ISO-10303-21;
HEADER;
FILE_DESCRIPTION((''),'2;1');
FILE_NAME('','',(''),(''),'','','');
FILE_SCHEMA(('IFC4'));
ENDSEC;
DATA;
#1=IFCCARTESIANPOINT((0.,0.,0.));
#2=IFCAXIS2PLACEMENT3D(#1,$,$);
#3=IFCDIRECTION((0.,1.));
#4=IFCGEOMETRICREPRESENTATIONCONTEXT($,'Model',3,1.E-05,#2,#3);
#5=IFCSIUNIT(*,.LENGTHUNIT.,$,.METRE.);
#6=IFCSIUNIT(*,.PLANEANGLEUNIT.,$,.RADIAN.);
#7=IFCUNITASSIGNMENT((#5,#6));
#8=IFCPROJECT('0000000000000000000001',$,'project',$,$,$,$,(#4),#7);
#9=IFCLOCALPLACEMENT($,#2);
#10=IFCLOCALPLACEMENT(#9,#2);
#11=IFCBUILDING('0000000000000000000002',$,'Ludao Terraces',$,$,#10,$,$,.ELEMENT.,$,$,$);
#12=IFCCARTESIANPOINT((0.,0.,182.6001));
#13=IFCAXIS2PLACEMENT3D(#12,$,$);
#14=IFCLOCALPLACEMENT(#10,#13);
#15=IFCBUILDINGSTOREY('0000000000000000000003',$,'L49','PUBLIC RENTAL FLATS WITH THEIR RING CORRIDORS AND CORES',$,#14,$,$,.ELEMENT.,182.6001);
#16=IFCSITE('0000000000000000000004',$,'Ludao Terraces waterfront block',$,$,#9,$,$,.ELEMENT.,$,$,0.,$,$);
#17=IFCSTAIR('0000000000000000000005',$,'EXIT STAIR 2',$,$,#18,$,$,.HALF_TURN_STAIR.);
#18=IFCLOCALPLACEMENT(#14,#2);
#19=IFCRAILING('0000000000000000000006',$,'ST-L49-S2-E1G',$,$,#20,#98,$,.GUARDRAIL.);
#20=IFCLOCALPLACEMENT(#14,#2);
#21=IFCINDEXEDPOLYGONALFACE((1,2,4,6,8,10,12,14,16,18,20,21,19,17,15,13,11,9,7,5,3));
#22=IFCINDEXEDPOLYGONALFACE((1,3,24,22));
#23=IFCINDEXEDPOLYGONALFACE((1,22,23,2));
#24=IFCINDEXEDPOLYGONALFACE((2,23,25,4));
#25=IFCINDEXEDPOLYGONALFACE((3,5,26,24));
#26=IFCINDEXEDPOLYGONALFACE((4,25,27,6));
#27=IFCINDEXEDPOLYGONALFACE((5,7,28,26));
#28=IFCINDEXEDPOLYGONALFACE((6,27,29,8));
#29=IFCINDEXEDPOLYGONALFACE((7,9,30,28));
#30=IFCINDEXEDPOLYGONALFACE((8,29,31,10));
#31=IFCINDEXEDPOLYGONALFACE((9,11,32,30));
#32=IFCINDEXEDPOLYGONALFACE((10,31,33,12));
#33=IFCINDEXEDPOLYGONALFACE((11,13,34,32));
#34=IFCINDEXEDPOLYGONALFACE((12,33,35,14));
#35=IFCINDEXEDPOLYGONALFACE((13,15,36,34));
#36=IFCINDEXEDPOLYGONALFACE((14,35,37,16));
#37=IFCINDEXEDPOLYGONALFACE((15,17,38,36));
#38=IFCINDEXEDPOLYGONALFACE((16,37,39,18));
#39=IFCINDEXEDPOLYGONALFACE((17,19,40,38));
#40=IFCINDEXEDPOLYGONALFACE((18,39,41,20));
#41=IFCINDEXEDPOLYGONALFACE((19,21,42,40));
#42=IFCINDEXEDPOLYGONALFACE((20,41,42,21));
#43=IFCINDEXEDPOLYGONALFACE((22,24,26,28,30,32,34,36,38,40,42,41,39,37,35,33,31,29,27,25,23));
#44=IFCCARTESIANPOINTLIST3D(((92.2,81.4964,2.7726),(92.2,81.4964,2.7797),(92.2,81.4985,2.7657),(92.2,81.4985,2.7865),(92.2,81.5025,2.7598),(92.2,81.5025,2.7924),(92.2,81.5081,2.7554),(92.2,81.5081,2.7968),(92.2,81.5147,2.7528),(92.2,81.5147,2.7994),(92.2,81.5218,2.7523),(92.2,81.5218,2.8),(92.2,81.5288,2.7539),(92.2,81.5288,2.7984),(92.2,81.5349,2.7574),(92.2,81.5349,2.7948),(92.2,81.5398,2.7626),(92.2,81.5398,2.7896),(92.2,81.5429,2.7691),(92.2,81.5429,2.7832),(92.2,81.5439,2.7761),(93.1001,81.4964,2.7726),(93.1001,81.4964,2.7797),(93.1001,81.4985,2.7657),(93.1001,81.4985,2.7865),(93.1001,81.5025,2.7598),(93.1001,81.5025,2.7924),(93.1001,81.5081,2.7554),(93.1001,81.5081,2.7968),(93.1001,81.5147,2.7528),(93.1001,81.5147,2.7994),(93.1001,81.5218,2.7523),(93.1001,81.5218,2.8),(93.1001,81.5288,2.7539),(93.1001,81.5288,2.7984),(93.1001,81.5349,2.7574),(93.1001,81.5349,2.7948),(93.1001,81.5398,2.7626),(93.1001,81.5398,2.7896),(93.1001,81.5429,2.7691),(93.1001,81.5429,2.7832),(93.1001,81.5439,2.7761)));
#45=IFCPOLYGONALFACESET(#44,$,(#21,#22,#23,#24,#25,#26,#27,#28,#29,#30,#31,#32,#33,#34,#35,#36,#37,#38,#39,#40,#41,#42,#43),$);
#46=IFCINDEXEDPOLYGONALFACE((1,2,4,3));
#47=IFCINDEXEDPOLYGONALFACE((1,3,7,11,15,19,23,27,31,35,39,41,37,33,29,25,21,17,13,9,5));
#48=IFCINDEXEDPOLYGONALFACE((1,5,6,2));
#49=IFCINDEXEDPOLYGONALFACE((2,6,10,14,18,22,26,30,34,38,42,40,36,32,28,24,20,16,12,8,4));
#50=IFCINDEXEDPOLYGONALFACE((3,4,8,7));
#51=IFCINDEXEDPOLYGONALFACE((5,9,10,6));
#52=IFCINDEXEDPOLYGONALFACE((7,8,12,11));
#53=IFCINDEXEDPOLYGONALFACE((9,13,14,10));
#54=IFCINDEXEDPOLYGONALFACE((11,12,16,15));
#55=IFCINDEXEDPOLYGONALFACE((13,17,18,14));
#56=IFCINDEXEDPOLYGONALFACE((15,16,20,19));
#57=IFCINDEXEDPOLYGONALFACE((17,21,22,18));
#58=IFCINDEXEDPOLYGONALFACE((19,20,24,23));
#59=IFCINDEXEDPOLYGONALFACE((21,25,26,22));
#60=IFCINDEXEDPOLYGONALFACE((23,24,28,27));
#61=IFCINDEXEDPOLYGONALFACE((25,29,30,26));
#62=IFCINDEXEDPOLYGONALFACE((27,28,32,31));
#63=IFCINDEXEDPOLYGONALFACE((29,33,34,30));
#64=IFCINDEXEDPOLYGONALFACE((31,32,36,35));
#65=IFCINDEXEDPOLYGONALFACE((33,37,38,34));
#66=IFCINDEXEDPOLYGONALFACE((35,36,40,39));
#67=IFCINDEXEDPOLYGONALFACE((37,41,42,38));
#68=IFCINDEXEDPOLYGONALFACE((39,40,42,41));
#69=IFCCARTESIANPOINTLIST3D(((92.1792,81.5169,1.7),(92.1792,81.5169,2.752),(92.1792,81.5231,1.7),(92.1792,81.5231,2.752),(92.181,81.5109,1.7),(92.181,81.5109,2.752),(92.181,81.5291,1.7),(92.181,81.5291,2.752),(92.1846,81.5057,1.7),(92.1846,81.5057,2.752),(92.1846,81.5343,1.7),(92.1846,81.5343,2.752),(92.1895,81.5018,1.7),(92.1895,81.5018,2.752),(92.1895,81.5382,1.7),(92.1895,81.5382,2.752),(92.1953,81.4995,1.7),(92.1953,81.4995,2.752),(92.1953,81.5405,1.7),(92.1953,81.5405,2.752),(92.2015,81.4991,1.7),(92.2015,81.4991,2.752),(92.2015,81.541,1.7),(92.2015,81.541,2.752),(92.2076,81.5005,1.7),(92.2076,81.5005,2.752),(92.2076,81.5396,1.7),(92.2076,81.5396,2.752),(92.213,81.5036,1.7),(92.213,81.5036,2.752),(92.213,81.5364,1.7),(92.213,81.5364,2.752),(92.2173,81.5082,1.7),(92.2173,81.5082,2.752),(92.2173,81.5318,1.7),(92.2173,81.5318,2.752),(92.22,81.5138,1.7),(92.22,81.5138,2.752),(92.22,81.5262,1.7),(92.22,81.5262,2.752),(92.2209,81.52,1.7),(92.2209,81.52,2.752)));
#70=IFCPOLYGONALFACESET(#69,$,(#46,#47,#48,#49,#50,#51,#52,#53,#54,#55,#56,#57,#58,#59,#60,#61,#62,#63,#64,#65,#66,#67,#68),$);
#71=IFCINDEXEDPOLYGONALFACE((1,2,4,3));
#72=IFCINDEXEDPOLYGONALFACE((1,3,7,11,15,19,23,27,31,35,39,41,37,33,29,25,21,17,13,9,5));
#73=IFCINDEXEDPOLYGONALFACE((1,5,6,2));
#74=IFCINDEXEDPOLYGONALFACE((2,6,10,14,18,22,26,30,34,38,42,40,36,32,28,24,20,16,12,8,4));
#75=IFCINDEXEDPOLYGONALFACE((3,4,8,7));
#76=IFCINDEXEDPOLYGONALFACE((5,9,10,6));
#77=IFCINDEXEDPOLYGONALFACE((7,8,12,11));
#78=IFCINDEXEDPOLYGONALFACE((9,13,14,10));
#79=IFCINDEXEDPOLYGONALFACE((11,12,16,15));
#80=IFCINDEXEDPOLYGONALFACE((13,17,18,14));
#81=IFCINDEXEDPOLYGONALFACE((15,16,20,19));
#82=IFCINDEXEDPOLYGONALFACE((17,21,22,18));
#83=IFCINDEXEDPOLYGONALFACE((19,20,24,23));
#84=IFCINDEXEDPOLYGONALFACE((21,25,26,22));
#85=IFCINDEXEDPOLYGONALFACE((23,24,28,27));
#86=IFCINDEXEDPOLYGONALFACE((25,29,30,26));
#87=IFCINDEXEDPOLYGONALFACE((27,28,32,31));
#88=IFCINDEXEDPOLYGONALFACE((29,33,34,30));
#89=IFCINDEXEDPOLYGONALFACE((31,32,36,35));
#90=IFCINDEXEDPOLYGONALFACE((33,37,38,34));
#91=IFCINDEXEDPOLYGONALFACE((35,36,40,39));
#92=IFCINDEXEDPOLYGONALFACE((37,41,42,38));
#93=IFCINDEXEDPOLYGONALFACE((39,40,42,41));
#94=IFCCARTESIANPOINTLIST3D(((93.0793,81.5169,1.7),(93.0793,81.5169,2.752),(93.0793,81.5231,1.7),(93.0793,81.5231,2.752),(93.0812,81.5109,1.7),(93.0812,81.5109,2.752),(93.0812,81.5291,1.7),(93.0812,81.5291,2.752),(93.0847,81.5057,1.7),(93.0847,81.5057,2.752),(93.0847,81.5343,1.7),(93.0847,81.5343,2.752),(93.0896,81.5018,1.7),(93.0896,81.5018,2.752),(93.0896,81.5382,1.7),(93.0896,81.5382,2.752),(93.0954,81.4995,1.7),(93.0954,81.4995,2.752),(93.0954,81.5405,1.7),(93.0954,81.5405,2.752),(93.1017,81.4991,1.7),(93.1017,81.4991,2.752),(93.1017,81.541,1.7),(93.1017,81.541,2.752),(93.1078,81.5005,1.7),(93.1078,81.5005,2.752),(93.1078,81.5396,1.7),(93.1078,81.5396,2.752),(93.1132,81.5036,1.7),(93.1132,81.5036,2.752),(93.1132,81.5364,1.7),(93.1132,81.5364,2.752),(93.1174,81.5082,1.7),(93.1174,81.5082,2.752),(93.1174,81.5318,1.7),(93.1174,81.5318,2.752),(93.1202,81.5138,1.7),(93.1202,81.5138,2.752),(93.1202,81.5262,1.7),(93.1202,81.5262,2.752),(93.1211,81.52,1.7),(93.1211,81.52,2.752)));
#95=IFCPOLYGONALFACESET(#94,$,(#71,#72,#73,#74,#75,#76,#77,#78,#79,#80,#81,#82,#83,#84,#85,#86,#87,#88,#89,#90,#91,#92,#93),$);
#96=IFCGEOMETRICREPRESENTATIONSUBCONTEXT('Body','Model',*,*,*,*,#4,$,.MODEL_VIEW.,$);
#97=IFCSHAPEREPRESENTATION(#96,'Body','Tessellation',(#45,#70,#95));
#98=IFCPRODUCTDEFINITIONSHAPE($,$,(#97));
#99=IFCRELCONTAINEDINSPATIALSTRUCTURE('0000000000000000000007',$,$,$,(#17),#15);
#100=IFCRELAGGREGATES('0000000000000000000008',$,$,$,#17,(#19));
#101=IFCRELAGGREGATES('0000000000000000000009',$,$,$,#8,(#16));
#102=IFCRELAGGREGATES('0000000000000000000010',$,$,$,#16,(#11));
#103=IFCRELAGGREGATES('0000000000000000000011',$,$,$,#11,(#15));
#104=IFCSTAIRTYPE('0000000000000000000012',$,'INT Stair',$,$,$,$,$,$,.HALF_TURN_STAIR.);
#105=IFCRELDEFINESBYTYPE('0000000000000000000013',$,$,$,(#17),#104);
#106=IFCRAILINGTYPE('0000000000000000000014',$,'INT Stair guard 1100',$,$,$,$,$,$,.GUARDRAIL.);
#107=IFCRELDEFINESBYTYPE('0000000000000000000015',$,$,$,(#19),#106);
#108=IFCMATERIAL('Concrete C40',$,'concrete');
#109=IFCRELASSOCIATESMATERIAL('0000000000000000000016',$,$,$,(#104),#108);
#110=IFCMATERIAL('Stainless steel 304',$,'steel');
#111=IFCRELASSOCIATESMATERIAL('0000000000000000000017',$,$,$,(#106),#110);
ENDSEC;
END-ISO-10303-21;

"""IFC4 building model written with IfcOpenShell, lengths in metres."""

from ifc_helpers import new_model, si_unit, direction, frame, origin, origin_2d, place, context, subcontext, project, spatial, circle, extrude, material, type_object, element, aggregate, save


model = new_model("IFC4")

# Units and contexts
model_context = context("Model", 3, precision=1e-05, world=origin(), true_north=direction((0.0, 1.0)))
body_context = subcontext(model_context, "Body", "Model", "MODEL_VIEW")
ifc_project = project(units=[si_unit("LENGTHUNIT", "METRE"), si_unit("PLANEANGLEUNIT", "RADIAN")], contexts=[model_context])

# Site, building, storey
site_placement = place(None, origin())
site = spatial("IfcSite", under=ifc_project, at=site_placement, Name="Ludao Terraces waterfront block", CompositionType="ELEMENT", RefElevation=0.0)
building_placement = place(site_placement, origin())
building = spatial("IfcBuilding", under=site, at=building_placement, Name="Ludao Terraces", CompositionType="ELEMENT")
storey_placement = place(building_placement, frame((0.0, 0.0, 182.6001)))
storey = spatial("IfcBuildingStorey", under=building, at=storey_placement, Name="L49", Description="PUBLIC RENTAL FLATS WITH THEIR RING CORRIDORS AND CORES", CompositionType="ELEMENT", Elevation=182.6001)

# Shared definitions
ifc_material_1 = material(Name="Stainless steel 304", Category="steel")

# Stair, railing
ifc_material_2 = material(Name="Concrete C40", Category="concrete")
stair_type = type_object("IfcStairType", Name="INT Stair", PredefinedType="HALF_TURN_STAIR", material=ifc_material_2)
stair_placement = place(storey_placement, origin())
stair = element("IfcStair", 1, at=stair_placement, inside=storey, type_object=stair_type, Name="EXIT STAIR 2", PredefinedType="HALF_TURN_STAIR")
railing_type_1 = type_object("IfcRailingType", Name="INT Stair guard 1100", PredefinedType="GUARDRAIL", material=ifc_material_1)
railing_1_placement = place(storey_placement, frame((92.2, 81.52, 1.7)))
railing_1 = element("IfcRailing", 2, at=railing_1_placement, type_object=railing_type_1, Name="ST-L49-S2-E1G", PredefinedType="GUARDRAIL", context=body_context, shape_type="SweptSolid", body=[
    extrude(circle(Radius=0.0239, at=origin_2d()), frame((0.0, 0.0, 1.0762), z_axis=(1.0, 0.0, 0.0), x_axis=(0.0, 1.0, 0.0)), (0.0, 0.0, 1.0), 0.9001),
    extrude(circle(Radius=0.021, at=origin_2d()), origin(), (0.0, 0.0, 1.0), 1.052),
    extrude(circle(Radius=0.021, at=origin_2d()), frame((0.9001, 0.0, 0.0)), (0.0, 0.0, 1.0), 1.052),
])
aggregate(stair, [railing_1])

save(model, "model.ifc")
